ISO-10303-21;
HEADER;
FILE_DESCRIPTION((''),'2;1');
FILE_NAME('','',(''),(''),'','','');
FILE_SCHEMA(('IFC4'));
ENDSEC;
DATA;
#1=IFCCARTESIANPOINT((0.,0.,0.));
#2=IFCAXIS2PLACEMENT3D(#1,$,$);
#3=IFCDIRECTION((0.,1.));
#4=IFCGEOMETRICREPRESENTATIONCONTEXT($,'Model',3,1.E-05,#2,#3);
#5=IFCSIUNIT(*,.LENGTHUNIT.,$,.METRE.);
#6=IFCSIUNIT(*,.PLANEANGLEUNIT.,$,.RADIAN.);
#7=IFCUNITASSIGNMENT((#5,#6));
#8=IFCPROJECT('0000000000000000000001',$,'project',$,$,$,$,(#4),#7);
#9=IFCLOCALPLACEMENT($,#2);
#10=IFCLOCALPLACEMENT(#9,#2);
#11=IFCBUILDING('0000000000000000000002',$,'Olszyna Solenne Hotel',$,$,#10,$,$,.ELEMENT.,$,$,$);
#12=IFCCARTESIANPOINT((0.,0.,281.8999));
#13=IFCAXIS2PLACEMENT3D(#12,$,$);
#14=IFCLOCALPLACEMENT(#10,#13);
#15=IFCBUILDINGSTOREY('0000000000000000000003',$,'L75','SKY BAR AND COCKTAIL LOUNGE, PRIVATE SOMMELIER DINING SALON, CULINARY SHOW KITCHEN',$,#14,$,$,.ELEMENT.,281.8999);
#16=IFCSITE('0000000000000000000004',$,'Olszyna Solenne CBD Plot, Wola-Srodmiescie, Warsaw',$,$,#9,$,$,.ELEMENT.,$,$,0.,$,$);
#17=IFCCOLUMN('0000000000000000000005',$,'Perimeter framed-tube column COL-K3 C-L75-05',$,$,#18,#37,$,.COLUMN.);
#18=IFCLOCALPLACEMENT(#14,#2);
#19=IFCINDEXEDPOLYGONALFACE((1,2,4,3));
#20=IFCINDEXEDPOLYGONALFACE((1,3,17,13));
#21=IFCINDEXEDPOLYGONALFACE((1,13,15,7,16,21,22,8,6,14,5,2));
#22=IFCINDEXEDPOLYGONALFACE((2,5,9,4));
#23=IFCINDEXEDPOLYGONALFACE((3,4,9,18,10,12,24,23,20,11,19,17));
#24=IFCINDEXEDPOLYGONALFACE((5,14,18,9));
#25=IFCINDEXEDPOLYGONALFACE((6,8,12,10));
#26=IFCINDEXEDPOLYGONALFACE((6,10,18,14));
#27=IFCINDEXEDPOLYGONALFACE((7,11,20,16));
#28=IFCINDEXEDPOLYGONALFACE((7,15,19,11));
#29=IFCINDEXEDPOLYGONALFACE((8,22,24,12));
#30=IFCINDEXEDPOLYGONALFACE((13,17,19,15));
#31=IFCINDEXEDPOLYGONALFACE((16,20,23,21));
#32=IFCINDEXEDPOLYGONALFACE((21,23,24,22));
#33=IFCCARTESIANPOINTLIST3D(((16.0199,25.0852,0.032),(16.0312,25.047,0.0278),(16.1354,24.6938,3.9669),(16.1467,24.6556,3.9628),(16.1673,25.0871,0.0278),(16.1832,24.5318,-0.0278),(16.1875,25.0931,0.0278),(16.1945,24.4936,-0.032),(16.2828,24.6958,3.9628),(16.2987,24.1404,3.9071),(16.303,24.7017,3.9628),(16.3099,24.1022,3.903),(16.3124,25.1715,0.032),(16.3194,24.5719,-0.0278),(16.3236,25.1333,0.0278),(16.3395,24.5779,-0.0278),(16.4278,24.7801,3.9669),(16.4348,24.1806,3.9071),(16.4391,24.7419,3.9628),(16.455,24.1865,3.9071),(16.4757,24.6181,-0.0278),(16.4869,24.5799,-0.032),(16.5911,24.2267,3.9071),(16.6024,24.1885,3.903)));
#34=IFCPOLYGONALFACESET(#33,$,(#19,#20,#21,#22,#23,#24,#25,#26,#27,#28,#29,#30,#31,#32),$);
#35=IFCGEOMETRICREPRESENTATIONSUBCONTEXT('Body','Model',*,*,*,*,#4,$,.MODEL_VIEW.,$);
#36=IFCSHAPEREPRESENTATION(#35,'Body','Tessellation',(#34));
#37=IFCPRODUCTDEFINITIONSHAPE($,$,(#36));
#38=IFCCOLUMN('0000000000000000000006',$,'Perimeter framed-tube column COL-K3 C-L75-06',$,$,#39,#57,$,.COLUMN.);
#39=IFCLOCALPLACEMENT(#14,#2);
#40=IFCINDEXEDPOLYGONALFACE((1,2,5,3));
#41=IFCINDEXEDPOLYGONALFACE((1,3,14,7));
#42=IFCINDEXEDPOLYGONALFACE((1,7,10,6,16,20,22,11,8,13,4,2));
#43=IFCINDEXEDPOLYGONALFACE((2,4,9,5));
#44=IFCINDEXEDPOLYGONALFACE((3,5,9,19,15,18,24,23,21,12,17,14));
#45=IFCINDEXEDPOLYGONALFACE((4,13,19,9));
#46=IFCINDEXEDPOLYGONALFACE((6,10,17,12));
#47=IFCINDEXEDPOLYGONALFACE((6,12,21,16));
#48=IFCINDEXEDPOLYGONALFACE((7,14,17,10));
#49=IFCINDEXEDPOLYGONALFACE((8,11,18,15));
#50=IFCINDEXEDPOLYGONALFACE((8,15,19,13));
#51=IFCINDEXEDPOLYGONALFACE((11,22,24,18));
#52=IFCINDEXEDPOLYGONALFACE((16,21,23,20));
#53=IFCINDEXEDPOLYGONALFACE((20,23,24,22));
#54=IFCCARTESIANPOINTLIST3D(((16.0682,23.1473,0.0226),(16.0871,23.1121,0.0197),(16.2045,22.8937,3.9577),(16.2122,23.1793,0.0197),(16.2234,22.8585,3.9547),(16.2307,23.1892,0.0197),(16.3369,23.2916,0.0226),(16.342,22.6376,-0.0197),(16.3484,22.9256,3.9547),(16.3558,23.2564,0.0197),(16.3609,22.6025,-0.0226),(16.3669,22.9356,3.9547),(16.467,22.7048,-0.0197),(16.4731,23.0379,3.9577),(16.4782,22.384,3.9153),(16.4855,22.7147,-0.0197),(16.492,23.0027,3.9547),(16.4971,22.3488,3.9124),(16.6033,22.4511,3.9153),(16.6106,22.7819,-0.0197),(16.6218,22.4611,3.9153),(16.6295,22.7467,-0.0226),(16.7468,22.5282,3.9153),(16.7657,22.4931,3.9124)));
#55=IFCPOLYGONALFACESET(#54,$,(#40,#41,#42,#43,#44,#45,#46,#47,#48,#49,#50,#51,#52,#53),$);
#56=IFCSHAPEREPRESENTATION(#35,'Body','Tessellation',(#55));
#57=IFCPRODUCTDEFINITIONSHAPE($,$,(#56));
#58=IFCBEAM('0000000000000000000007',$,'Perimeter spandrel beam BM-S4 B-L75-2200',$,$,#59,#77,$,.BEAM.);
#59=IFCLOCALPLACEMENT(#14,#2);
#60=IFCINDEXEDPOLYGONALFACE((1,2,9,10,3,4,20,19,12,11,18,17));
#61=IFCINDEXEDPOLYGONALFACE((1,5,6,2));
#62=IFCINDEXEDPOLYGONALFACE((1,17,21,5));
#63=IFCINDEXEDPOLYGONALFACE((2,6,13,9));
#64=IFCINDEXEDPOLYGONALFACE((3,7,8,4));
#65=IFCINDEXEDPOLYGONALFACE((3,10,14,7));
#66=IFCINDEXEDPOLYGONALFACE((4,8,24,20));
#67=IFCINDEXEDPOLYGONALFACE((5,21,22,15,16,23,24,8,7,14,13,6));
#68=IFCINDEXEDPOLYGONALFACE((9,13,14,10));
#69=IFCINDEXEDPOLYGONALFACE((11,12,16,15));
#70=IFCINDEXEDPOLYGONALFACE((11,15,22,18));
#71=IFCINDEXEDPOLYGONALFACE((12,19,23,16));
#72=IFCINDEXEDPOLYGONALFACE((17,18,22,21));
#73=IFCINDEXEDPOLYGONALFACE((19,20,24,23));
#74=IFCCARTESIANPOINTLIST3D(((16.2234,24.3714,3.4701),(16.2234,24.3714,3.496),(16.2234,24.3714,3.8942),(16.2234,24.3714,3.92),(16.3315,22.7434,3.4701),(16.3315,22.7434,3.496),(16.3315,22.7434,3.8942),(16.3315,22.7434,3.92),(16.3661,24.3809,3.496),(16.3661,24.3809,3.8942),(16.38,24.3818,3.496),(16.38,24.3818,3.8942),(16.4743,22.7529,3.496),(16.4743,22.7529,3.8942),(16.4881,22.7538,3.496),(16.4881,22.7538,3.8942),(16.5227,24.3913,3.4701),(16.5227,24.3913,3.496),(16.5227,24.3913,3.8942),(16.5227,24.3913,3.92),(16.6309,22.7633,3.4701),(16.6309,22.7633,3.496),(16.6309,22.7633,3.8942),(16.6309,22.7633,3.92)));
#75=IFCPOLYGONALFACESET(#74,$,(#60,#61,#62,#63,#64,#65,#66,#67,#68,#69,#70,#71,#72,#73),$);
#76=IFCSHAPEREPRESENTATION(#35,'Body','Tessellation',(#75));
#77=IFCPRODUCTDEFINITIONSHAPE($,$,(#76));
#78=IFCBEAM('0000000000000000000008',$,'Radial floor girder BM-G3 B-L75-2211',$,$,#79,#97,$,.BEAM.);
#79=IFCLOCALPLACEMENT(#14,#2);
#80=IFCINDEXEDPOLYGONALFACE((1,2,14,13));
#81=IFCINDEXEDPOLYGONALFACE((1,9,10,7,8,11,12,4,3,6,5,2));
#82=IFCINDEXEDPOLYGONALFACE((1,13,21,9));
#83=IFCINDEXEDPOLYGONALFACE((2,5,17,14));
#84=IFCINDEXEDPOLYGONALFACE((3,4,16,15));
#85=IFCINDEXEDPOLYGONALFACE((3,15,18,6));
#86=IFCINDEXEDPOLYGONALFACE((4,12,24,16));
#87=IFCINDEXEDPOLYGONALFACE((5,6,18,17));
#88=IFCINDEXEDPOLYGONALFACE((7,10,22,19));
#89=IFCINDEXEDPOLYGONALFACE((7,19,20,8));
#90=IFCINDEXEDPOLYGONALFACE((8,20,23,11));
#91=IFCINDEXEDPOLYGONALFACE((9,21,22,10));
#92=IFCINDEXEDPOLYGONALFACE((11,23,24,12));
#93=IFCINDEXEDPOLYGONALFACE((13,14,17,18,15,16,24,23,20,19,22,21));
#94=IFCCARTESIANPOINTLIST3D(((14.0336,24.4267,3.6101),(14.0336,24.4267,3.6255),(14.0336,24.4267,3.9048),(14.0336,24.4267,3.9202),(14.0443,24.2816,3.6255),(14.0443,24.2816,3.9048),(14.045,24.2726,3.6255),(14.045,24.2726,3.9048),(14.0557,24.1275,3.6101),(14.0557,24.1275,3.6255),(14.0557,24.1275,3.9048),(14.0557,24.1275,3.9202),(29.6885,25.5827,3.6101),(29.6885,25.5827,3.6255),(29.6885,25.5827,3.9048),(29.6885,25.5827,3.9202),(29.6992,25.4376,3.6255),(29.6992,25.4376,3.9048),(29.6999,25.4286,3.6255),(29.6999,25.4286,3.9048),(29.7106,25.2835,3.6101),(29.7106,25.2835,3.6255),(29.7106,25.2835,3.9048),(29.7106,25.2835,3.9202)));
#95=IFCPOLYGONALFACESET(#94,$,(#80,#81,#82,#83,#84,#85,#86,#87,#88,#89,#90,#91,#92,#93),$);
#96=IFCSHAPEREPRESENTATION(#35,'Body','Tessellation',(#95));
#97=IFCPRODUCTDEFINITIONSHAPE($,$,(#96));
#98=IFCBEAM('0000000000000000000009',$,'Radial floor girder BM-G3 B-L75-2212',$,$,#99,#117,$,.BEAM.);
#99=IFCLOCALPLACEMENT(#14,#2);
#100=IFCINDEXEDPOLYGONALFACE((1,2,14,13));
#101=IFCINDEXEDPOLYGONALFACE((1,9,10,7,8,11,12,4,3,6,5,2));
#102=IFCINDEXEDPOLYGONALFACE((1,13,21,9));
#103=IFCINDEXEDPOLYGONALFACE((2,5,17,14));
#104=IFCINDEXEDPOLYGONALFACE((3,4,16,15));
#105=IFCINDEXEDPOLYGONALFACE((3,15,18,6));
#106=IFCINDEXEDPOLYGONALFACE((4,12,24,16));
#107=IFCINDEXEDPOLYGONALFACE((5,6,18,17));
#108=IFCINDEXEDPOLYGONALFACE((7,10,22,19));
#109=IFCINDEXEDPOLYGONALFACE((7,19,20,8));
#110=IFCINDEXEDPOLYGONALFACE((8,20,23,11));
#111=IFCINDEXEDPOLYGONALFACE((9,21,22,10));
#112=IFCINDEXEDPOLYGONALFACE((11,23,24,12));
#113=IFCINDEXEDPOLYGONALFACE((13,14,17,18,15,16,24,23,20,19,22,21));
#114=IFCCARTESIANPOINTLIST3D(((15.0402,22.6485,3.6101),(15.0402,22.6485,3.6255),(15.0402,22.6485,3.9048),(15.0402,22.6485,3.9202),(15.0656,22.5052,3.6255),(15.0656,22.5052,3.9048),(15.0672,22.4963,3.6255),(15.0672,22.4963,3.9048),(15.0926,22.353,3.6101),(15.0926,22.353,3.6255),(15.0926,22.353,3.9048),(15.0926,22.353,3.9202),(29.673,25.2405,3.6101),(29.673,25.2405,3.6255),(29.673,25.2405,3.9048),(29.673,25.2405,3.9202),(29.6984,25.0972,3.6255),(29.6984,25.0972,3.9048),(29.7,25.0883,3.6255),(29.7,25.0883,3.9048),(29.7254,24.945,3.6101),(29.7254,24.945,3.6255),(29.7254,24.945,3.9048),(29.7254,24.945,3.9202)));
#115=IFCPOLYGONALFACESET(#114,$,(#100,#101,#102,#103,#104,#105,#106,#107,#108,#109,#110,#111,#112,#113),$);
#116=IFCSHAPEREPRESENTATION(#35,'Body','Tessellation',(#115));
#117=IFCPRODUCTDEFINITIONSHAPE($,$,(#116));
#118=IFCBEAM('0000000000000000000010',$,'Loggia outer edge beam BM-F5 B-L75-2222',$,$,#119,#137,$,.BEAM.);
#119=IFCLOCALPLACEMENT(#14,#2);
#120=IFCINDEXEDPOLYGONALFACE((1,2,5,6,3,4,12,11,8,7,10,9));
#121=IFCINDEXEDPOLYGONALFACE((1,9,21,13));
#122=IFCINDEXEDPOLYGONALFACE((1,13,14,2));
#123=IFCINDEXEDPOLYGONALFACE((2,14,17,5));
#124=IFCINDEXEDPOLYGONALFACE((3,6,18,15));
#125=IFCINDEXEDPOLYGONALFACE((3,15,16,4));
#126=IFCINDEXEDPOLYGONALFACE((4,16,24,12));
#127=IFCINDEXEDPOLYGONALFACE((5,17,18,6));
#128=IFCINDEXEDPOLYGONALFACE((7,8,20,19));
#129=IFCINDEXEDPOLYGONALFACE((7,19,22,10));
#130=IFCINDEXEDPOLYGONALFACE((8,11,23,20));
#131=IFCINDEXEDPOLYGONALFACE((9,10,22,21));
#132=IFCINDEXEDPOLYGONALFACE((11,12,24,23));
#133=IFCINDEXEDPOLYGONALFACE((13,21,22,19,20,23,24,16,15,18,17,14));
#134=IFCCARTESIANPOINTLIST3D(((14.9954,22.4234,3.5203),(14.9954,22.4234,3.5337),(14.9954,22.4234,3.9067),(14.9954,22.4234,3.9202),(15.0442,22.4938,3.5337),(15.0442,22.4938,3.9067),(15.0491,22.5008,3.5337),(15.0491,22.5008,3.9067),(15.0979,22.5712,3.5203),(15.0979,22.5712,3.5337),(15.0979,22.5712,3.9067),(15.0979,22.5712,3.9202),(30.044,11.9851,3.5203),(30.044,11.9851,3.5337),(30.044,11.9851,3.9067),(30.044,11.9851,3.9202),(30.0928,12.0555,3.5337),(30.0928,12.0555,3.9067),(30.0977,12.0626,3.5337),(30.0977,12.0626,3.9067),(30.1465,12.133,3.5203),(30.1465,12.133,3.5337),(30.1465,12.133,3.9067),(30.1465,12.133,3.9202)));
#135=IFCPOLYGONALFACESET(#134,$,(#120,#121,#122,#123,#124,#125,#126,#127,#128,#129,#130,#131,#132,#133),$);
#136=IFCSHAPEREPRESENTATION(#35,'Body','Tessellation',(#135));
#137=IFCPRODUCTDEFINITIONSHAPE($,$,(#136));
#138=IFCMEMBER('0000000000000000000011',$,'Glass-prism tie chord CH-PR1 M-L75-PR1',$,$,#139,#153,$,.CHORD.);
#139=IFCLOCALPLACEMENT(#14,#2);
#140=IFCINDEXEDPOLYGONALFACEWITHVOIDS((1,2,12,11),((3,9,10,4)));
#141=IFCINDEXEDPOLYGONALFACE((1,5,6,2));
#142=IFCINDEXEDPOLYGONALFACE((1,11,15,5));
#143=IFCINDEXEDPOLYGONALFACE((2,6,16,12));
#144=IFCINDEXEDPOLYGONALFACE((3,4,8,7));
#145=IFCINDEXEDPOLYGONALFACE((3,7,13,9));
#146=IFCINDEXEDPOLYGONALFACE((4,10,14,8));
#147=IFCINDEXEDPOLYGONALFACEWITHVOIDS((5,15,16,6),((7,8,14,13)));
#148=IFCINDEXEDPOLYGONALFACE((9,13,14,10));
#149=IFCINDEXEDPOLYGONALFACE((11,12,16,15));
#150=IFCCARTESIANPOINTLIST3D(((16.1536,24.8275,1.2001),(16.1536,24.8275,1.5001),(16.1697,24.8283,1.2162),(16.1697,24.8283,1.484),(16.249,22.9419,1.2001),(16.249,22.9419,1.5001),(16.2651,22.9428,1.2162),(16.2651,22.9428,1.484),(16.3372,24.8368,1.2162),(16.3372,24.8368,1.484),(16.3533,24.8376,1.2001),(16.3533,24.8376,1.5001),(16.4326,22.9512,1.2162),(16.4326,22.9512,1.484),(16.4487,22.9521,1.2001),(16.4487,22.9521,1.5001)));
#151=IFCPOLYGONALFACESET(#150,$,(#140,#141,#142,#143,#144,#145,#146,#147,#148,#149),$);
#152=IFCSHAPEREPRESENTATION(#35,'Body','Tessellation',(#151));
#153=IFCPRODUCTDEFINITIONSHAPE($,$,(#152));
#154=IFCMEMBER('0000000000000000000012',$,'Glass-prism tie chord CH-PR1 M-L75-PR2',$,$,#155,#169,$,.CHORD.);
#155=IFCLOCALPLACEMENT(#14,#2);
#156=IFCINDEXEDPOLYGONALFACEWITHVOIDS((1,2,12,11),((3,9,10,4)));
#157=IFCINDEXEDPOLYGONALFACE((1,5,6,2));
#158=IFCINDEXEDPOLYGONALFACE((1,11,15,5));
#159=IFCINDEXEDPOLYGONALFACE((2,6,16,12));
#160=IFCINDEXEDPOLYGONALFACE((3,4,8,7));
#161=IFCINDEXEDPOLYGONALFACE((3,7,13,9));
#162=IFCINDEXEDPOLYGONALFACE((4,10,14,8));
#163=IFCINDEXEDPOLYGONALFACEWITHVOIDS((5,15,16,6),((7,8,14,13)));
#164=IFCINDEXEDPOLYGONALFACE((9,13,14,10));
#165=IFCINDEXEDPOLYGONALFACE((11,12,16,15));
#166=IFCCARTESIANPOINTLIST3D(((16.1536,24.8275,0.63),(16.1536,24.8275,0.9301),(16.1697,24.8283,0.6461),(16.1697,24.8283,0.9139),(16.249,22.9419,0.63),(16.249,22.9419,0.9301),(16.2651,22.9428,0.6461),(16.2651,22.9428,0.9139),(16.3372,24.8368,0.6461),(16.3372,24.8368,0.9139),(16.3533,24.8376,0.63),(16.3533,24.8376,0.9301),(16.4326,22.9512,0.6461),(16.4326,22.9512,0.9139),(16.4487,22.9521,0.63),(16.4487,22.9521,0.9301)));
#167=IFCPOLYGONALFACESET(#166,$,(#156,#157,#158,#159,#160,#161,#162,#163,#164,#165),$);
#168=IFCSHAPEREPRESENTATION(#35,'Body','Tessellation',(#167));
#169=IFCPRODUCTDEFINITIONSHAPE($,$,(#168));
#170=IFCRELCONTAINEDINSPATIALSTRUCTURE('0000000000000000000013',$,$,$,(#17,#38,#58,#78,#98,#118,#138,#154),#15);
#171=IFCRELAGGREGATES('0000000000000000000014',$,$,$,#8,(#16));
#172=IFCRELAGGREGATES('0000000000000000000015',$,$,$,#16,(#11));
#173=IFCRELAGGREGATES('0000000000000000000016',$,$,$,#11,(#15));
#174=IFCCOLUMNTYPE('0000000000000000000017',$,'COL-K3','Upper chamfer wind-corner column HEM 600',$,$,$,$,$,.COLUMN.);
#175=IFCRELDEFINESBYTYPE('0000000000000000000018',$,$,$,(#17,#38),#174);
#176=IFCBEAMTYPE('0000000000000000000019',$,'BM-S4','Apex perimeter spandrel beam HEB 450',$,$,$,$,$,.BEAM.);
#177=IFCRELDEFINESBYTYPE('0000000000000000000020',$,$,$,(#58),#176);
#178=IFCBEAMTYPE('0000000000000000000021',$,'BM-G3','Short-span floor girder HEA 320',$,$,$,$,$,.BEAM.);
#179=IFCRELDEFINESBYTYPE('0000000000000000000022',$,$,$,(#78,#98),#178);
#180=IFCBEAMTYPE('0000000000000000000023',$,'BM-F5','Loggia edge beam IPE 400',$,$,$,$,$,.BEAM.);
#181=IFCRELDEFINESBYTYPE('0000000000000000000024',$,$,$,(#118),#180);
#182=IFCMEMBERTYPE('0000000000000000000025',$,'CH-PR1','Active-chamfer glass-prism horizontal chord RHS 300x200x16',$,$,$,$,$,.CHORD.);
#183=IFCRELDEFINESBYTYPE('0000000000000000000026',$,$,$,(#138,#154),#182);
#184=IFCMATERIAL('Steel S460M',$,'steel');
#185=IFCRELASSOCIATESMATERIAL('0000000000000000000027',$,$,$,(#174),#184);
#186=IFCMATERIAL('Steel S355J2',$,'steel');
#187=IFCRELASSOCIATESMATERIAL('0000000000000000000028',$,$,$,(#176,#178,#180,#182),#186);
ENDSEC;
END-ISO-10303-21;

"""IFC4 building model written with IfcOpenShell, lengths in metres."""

from ifc_helpers import new_model, si_unit, direction, frame, origin, origin_2d, place, context, subcontext, project, spatial, hollow_rectangle, i_section, extrude, source, transform, mapped, material, material_profile, profile_set, type_object, element, save


model = new_model("IFC4")

# Units and contexts
model_context = context("Model", 3, precision=1e-05, world=origin(), true_north=direction((0.0, 1.0)))
body_context = subcontext(model_context, "Body", "Model", "MODEL_VIEW")
ifc_project = project(units=[si_unit("LENGTHUNIT", "METRE"), si_unit("PLANEANGLEUNIT", "RADIAN")], contexts=[model_context])

# Site, building, storey
site_placement = place(None, origin())
site = spatial("IfcSite", under=ifc_project, at=site_placement, Name="Olszyna Solenne CBD Plot, Wola-Srodmiescie, Warsaw", CompositionType="ELEMENT", RefElevation=0.0)
building_placement = place(site_placement, origin())
building = spatial("IfcBuilding", under=site, at=building_placement, Name="Olszyna Solenne Hotel", CompositionType="ELEMENT")
storey_placement = place(building_placement, frame((0.0, 0.0, 281.8999)))
storey = spatial("IfcBuildingStorey", under=building, at=storey_placement, Name="L75", Description="SKY BAR AND COCKTAIL LOUNGE, PRIVATE SOMMELIER DINING SALON, CULINARY SHOW KITCHEN", CompositionType="ELEMENT", Elevation=281.8999)

# Columns
ifc_material_1 = material(Name="Steel S460M", Category="steel")
ifc_material_profile_1 = material_profile(ifc_material_1, i_section(OverallWidth=0.3049, OverallDepth=0.6201, WebThickness=0.021, FlangeThickness=0.04, at=origin_2d()), Name="HEM 600", Category="load-bearing")
ifc_profile_set_1 = profile_set([ifc_material_profile_1], Name="Steel S460M")
column_type = type_object("IfcColumnType", Name="COL-K3", Description="Upper chamfer wind-corner column HEM 600", PredefinedType="COLUMN", material=ifc_profile_set_1)
shared_shape_1 = source(origin(), body_context, "Body", "SweptSolid", [
    extrude(i_section(OverallWidth=0.3049, OverallDepth=0.6201, WebThickness=0.021, FlangeThickness=0.04, at=origin_2d()), origin(), (0.0, 0.0, 1.0), 3.9561),
])
column_1_placement = place(storey_placement, frame((16.2534, 24.8325, 0.0), z_axis=(0.02919, -0.098924, 0.994667), x_axis=(0.959117, 0.283008, 0.0)))
element("IfcColumn", 1, at=column_1_placement, inside=storey, type_object=column_type, Name="Perimeter framed-tube column COL-K3 C-L75-05", PredefinedType="COLUMN", context=body_context, shape_type="MappedRepresentation", body=[
    mapped(shared_shape_1, transform((0.0, 0.0, 0.0), x_axis=(1.0, 0.0, 0.0), y_axis=(0.0, 1.0, 0.0), z_axis=(0.0, 0.0, 1.0), scale=1.0)),
])
shared_shape_2 = source(origin(), body_context, "Body", "SweptSolid", [
    extrude(i_section(OverallWidth=0.3049, OverallDepth=0.6201, WebThickness=0.021, FlangeThickness=0.04, at=origin_2d()), origin(), (0.0, 0.0, 1.0), 3.9456),
])
column_2_placement = place(storey_placement, frame((16.3489, 22.947, 0.0), z_axis=(0.034527, -0.06429, 0.997334), x_axis=(0.880988, 0.473139, 0.0)))
element("IfcColumn", 2, at=column_2_placement, inside=storey, type_object=column_type, Name="Perimeter framed-tube column COL-K3 C-L75-06", PredefinedType="COLUMN", context=body_context, shape_type="MappedRepresentation", body=[
    mapped(shared_shape_2, transform((0.0, 0.0, 0.0), x_axis=(1.0, 0.0, 0.0), y_axis=(0.0, 1.0, 0.0), z_axis=(0.0, 0.0, 1.0), scale=1.0)),
])

# Beams
ifc_material_2 = material(Name="Steel S355J2", Category="steel")
ifc_material_profile_2 = material_profile(ifc_material_2, i_section(OverallWidth=0.3, OverallDepth=0.45, WebThickness=0.0139, FlangeThickness=0.0259, at=origin_2d()), Name="HEB 450", Category="load-bearing")
ifc_profile_set_2 = profile_set([ifc_material_profile_2], Name="Steel S355J2")
beam_type_1 = type_object("IfcBeamType", Name="BM-S4", Description="Apex perimeter spandrel beam HEB 450", PredefinedType="BEAM", material=ifc_profile_set_2)
shared_shape_3 = source(origin(), body_context, "Body", "SweptSolid", [
    extrude(i_section(OverallWidth=0.3, OverallDepth=0.45, WebThickness=0.0139, FlangeThickness=0.0259, at=origin_2d()), origin(), (0.0, 0.0, 1.0), 1.6316),
])
beam_1_placement = place(storey_placement, frame((16.373, 24.3813, 3.6951), z_axis=(0.066291, -0.9978, 0.0), x_axis=(0.9978, 0.066291, 0.0)))
element("IfcBeam", 3, at=beam_1_placement, inside=storey, type_object=beam_type_1, Name="Perimeter spandrel beam BM-S4 B-L75-2200", PredefinedType="BEAM", context=body_context, shape_type="MappedRepresentation", body=[
    mapped(shared_shape_3, transform((0.0, 0.0, 0.0), x_axis=(1.0, 0.0, 0.0), y_axis=(0.0, 1.0, 0.0), z_axis=(0.0, 0.0, 1.0), scale=1.0)),
])
ifc_material_profile_3 = material_profile(ifc_material_2, i_section(OverallWidth=0.3, OverallDepth=0.3101, WebThickness=0.009, FlangeThickness=0.0154, at=origin_2d()), Name="HEA 320", Category="load-bearing")
ifc_profile_set_3 = profile_set([ifc_material_profile_3], Name="Steel S355J2")
beam_type_2 = type_object("IfcBeamType", Name="BM-G3", Description="Short-span floor girder HEA 320", PredefinedType="BEAM", material=ifc_profile_set_3)
shared_shape_4 = source(origin(), body_context, "Body", "SweptSolid", [
    extrude(i_section(OverallWidth=0.3, OverallDepth=0.3101, WebThickness=0.009, FlangeThickness=0.0154, at=origin_2d()), origin(), (0.0, 0.0, 1.0), 15.6975),
])
beam_2_placement = place(storey_placement, frame((14.0447, 24.2771, 3.7651), z_axis=(0.997285, 0.073643, 0.0), x_axis=(-0.073643, 0.997285, 0.0)))
element("IfcBeam", 4, at=beam_2_placement, inside=storey, type_object=beam_type_2, Name="Radial floor girder BM-G3 B-L75-2211", PredefinedType="BEAM", context=body_context, shape_type="MappedRepresentation", body=[
    mapped(shared_shape_4, transform((0.0, 0.0, 0.0), x_axis=(1.0, 0.0, 0.0), y_axis=(0.0, 1.0, 0.0), z_axis=(0.0, 0.0, 1.0), scale=1.0)),
])
shared_shape_5 = source(origin(), body_context, "Body", "SweptSolid", [
    extrude(i_section(OverallWidth=0.3, OverallDepth=0.3101, WebThickness=0.009, FlangeThickness=0.0154, at=origin_2d()), origin(), (0.0, 0.0, 1.0), 14.8606),
])
beam_3_placement = place(storey_placement, frame((15.0664, 22.5007, 3.7651), z_axis=(0.984671, 0.174424, 0.0), x_axis=(-0.174424, 0.984671, 0.0)))
element("IfcBeam", 5, at=beam_3_placement, inside=storey, type_object=beam_type_2, Name="Radial floor girder BM-G3 B-L75-2212", PredefinedType="BEAM", context=body_context, shape_type="MappedRepresentation", body=[
    mapped(shared_shape_5, transform((0.0, 0.0, 0.0), x_axis=(1.0, 0.0, 0.0), y_axis=(0.0, 1.0, 0.0), z_axis=(0.0, 0.0, 1.0), scale=1.0)),
])
ifc_material_profile_4 = material_profile(ifc_material_2, i_section(OverallWidth=0.1799, OverallDepth=0.3999, WebThickness=0.0085, FlangeThickness=0.0134, at=origin_2d()), Name="IPE 400", Category="load-bearing")
ifc_profile_set_4 = profile_set([ifc_material_profile_4], Name="Steel S355J2")
beam_type_3 = type_object("IfcBeamType", Name="BM-F5", Description="Loggia edge beam IPE 400", PredefinedType="BEAM", material=ifc_profile_set_4)
shared_shape_6 = source(origin(), body_context, "Body", "SweptSolid", [
    extrude(i_section(OverallWidth=0.1799, OverallDepth=0.3999, WebThickness=0.0085, FlangeThickness=0.0134, at=origin_2d()), origin(), (0.0, 0.0, 1.0), 18.3145),
])
beam_4_placement = place(storey_placement, frame((15.0466, 22.4973, 3.7202), z_axis=(0.821681, -0.569947, 0.0), x_axis=(0.569947, 0.821681, 0.0)))
element("IfcBeam", 6, at=beam_4_placement, inside=storey, type_object=beam_type_3, Name="Loggia outer edge beam BM-F5 B-L75-2222", PredefinedType="BEAM", context=body_context, shape_type="MappedRepresentation", body=[
    mapped(shared_shape_6, transform((0.0, 0.0, 0.0), x_axis=(1.0, 0.0, 0.0), y_axis=(0.0, 1.0, 0.0), z_axis=(0.0, 0.0, 1.0), scale=1.0)),
])

# Members
ifc_material_profile_5 = material_profile(ifc_material_2, hollow_rectangle(XDim=0.2, YDim=0.3, WallThickness=0.0161, at=origin_2d()), Name="RHS 300x200x16", Category="load-bearing")
ifc_profile_set_5 = profile_set([ifc_material_profile_5], Name="Steel S355J2")
member_type_1 = type_object("IfcMemberType", Name="CH-PR1", Description="Active-chamfer glass-prism horizontal chord RHS 300x200x16", PredefinedType="CHORD", material=ifc_profile_set_5)
shared_shape_7 = source(origin(), body_context, "Body", "SweptSolid", [
    extrude(hollow_rectangle(XDim=0.2, YDim=0.3, WallThickness=0.0161, at=origin_2d()), origin(), (0.0, 0.0, 1.0), 1.8879),
])
for number, where, z_axis, x_axis, name in (
    (7, (16.2534, 24.8325, 1.3501), (0.050563, -0.998721, 0.0), (0.998721, 0.050563, 0.0), "Glass-prism tie chord CH-PR1 M-L75-PR1"),
    (8, (16.2534, 24.8325, 0.78), (0.050563, -0.998721, 0.0), (0.998721, 0.050563, 0.0), "Glass-prism tie chord CH-PR1 M-L75-PR2"),
):
    element("IfcMember", number, at=place(storey_placement, frame(where, z_axis=z_axis, x_axis=x_axis)), inside=storey, type_object=member_type_1, Name=name, PredefinedType="CHORD", context=body_context, shape_type="MappedRepresentation", body=[
        mapped(shared_shape_7, transform((0.0, 0.0, 0.0), x_axis=(1.0, 0.0, 0.0), y_axis=(0.0, 1.0, 0.0), z_axis=(0.0, 0.0, 1.0), scale=1.0)),
    ])

save(model, "model.ifc")
